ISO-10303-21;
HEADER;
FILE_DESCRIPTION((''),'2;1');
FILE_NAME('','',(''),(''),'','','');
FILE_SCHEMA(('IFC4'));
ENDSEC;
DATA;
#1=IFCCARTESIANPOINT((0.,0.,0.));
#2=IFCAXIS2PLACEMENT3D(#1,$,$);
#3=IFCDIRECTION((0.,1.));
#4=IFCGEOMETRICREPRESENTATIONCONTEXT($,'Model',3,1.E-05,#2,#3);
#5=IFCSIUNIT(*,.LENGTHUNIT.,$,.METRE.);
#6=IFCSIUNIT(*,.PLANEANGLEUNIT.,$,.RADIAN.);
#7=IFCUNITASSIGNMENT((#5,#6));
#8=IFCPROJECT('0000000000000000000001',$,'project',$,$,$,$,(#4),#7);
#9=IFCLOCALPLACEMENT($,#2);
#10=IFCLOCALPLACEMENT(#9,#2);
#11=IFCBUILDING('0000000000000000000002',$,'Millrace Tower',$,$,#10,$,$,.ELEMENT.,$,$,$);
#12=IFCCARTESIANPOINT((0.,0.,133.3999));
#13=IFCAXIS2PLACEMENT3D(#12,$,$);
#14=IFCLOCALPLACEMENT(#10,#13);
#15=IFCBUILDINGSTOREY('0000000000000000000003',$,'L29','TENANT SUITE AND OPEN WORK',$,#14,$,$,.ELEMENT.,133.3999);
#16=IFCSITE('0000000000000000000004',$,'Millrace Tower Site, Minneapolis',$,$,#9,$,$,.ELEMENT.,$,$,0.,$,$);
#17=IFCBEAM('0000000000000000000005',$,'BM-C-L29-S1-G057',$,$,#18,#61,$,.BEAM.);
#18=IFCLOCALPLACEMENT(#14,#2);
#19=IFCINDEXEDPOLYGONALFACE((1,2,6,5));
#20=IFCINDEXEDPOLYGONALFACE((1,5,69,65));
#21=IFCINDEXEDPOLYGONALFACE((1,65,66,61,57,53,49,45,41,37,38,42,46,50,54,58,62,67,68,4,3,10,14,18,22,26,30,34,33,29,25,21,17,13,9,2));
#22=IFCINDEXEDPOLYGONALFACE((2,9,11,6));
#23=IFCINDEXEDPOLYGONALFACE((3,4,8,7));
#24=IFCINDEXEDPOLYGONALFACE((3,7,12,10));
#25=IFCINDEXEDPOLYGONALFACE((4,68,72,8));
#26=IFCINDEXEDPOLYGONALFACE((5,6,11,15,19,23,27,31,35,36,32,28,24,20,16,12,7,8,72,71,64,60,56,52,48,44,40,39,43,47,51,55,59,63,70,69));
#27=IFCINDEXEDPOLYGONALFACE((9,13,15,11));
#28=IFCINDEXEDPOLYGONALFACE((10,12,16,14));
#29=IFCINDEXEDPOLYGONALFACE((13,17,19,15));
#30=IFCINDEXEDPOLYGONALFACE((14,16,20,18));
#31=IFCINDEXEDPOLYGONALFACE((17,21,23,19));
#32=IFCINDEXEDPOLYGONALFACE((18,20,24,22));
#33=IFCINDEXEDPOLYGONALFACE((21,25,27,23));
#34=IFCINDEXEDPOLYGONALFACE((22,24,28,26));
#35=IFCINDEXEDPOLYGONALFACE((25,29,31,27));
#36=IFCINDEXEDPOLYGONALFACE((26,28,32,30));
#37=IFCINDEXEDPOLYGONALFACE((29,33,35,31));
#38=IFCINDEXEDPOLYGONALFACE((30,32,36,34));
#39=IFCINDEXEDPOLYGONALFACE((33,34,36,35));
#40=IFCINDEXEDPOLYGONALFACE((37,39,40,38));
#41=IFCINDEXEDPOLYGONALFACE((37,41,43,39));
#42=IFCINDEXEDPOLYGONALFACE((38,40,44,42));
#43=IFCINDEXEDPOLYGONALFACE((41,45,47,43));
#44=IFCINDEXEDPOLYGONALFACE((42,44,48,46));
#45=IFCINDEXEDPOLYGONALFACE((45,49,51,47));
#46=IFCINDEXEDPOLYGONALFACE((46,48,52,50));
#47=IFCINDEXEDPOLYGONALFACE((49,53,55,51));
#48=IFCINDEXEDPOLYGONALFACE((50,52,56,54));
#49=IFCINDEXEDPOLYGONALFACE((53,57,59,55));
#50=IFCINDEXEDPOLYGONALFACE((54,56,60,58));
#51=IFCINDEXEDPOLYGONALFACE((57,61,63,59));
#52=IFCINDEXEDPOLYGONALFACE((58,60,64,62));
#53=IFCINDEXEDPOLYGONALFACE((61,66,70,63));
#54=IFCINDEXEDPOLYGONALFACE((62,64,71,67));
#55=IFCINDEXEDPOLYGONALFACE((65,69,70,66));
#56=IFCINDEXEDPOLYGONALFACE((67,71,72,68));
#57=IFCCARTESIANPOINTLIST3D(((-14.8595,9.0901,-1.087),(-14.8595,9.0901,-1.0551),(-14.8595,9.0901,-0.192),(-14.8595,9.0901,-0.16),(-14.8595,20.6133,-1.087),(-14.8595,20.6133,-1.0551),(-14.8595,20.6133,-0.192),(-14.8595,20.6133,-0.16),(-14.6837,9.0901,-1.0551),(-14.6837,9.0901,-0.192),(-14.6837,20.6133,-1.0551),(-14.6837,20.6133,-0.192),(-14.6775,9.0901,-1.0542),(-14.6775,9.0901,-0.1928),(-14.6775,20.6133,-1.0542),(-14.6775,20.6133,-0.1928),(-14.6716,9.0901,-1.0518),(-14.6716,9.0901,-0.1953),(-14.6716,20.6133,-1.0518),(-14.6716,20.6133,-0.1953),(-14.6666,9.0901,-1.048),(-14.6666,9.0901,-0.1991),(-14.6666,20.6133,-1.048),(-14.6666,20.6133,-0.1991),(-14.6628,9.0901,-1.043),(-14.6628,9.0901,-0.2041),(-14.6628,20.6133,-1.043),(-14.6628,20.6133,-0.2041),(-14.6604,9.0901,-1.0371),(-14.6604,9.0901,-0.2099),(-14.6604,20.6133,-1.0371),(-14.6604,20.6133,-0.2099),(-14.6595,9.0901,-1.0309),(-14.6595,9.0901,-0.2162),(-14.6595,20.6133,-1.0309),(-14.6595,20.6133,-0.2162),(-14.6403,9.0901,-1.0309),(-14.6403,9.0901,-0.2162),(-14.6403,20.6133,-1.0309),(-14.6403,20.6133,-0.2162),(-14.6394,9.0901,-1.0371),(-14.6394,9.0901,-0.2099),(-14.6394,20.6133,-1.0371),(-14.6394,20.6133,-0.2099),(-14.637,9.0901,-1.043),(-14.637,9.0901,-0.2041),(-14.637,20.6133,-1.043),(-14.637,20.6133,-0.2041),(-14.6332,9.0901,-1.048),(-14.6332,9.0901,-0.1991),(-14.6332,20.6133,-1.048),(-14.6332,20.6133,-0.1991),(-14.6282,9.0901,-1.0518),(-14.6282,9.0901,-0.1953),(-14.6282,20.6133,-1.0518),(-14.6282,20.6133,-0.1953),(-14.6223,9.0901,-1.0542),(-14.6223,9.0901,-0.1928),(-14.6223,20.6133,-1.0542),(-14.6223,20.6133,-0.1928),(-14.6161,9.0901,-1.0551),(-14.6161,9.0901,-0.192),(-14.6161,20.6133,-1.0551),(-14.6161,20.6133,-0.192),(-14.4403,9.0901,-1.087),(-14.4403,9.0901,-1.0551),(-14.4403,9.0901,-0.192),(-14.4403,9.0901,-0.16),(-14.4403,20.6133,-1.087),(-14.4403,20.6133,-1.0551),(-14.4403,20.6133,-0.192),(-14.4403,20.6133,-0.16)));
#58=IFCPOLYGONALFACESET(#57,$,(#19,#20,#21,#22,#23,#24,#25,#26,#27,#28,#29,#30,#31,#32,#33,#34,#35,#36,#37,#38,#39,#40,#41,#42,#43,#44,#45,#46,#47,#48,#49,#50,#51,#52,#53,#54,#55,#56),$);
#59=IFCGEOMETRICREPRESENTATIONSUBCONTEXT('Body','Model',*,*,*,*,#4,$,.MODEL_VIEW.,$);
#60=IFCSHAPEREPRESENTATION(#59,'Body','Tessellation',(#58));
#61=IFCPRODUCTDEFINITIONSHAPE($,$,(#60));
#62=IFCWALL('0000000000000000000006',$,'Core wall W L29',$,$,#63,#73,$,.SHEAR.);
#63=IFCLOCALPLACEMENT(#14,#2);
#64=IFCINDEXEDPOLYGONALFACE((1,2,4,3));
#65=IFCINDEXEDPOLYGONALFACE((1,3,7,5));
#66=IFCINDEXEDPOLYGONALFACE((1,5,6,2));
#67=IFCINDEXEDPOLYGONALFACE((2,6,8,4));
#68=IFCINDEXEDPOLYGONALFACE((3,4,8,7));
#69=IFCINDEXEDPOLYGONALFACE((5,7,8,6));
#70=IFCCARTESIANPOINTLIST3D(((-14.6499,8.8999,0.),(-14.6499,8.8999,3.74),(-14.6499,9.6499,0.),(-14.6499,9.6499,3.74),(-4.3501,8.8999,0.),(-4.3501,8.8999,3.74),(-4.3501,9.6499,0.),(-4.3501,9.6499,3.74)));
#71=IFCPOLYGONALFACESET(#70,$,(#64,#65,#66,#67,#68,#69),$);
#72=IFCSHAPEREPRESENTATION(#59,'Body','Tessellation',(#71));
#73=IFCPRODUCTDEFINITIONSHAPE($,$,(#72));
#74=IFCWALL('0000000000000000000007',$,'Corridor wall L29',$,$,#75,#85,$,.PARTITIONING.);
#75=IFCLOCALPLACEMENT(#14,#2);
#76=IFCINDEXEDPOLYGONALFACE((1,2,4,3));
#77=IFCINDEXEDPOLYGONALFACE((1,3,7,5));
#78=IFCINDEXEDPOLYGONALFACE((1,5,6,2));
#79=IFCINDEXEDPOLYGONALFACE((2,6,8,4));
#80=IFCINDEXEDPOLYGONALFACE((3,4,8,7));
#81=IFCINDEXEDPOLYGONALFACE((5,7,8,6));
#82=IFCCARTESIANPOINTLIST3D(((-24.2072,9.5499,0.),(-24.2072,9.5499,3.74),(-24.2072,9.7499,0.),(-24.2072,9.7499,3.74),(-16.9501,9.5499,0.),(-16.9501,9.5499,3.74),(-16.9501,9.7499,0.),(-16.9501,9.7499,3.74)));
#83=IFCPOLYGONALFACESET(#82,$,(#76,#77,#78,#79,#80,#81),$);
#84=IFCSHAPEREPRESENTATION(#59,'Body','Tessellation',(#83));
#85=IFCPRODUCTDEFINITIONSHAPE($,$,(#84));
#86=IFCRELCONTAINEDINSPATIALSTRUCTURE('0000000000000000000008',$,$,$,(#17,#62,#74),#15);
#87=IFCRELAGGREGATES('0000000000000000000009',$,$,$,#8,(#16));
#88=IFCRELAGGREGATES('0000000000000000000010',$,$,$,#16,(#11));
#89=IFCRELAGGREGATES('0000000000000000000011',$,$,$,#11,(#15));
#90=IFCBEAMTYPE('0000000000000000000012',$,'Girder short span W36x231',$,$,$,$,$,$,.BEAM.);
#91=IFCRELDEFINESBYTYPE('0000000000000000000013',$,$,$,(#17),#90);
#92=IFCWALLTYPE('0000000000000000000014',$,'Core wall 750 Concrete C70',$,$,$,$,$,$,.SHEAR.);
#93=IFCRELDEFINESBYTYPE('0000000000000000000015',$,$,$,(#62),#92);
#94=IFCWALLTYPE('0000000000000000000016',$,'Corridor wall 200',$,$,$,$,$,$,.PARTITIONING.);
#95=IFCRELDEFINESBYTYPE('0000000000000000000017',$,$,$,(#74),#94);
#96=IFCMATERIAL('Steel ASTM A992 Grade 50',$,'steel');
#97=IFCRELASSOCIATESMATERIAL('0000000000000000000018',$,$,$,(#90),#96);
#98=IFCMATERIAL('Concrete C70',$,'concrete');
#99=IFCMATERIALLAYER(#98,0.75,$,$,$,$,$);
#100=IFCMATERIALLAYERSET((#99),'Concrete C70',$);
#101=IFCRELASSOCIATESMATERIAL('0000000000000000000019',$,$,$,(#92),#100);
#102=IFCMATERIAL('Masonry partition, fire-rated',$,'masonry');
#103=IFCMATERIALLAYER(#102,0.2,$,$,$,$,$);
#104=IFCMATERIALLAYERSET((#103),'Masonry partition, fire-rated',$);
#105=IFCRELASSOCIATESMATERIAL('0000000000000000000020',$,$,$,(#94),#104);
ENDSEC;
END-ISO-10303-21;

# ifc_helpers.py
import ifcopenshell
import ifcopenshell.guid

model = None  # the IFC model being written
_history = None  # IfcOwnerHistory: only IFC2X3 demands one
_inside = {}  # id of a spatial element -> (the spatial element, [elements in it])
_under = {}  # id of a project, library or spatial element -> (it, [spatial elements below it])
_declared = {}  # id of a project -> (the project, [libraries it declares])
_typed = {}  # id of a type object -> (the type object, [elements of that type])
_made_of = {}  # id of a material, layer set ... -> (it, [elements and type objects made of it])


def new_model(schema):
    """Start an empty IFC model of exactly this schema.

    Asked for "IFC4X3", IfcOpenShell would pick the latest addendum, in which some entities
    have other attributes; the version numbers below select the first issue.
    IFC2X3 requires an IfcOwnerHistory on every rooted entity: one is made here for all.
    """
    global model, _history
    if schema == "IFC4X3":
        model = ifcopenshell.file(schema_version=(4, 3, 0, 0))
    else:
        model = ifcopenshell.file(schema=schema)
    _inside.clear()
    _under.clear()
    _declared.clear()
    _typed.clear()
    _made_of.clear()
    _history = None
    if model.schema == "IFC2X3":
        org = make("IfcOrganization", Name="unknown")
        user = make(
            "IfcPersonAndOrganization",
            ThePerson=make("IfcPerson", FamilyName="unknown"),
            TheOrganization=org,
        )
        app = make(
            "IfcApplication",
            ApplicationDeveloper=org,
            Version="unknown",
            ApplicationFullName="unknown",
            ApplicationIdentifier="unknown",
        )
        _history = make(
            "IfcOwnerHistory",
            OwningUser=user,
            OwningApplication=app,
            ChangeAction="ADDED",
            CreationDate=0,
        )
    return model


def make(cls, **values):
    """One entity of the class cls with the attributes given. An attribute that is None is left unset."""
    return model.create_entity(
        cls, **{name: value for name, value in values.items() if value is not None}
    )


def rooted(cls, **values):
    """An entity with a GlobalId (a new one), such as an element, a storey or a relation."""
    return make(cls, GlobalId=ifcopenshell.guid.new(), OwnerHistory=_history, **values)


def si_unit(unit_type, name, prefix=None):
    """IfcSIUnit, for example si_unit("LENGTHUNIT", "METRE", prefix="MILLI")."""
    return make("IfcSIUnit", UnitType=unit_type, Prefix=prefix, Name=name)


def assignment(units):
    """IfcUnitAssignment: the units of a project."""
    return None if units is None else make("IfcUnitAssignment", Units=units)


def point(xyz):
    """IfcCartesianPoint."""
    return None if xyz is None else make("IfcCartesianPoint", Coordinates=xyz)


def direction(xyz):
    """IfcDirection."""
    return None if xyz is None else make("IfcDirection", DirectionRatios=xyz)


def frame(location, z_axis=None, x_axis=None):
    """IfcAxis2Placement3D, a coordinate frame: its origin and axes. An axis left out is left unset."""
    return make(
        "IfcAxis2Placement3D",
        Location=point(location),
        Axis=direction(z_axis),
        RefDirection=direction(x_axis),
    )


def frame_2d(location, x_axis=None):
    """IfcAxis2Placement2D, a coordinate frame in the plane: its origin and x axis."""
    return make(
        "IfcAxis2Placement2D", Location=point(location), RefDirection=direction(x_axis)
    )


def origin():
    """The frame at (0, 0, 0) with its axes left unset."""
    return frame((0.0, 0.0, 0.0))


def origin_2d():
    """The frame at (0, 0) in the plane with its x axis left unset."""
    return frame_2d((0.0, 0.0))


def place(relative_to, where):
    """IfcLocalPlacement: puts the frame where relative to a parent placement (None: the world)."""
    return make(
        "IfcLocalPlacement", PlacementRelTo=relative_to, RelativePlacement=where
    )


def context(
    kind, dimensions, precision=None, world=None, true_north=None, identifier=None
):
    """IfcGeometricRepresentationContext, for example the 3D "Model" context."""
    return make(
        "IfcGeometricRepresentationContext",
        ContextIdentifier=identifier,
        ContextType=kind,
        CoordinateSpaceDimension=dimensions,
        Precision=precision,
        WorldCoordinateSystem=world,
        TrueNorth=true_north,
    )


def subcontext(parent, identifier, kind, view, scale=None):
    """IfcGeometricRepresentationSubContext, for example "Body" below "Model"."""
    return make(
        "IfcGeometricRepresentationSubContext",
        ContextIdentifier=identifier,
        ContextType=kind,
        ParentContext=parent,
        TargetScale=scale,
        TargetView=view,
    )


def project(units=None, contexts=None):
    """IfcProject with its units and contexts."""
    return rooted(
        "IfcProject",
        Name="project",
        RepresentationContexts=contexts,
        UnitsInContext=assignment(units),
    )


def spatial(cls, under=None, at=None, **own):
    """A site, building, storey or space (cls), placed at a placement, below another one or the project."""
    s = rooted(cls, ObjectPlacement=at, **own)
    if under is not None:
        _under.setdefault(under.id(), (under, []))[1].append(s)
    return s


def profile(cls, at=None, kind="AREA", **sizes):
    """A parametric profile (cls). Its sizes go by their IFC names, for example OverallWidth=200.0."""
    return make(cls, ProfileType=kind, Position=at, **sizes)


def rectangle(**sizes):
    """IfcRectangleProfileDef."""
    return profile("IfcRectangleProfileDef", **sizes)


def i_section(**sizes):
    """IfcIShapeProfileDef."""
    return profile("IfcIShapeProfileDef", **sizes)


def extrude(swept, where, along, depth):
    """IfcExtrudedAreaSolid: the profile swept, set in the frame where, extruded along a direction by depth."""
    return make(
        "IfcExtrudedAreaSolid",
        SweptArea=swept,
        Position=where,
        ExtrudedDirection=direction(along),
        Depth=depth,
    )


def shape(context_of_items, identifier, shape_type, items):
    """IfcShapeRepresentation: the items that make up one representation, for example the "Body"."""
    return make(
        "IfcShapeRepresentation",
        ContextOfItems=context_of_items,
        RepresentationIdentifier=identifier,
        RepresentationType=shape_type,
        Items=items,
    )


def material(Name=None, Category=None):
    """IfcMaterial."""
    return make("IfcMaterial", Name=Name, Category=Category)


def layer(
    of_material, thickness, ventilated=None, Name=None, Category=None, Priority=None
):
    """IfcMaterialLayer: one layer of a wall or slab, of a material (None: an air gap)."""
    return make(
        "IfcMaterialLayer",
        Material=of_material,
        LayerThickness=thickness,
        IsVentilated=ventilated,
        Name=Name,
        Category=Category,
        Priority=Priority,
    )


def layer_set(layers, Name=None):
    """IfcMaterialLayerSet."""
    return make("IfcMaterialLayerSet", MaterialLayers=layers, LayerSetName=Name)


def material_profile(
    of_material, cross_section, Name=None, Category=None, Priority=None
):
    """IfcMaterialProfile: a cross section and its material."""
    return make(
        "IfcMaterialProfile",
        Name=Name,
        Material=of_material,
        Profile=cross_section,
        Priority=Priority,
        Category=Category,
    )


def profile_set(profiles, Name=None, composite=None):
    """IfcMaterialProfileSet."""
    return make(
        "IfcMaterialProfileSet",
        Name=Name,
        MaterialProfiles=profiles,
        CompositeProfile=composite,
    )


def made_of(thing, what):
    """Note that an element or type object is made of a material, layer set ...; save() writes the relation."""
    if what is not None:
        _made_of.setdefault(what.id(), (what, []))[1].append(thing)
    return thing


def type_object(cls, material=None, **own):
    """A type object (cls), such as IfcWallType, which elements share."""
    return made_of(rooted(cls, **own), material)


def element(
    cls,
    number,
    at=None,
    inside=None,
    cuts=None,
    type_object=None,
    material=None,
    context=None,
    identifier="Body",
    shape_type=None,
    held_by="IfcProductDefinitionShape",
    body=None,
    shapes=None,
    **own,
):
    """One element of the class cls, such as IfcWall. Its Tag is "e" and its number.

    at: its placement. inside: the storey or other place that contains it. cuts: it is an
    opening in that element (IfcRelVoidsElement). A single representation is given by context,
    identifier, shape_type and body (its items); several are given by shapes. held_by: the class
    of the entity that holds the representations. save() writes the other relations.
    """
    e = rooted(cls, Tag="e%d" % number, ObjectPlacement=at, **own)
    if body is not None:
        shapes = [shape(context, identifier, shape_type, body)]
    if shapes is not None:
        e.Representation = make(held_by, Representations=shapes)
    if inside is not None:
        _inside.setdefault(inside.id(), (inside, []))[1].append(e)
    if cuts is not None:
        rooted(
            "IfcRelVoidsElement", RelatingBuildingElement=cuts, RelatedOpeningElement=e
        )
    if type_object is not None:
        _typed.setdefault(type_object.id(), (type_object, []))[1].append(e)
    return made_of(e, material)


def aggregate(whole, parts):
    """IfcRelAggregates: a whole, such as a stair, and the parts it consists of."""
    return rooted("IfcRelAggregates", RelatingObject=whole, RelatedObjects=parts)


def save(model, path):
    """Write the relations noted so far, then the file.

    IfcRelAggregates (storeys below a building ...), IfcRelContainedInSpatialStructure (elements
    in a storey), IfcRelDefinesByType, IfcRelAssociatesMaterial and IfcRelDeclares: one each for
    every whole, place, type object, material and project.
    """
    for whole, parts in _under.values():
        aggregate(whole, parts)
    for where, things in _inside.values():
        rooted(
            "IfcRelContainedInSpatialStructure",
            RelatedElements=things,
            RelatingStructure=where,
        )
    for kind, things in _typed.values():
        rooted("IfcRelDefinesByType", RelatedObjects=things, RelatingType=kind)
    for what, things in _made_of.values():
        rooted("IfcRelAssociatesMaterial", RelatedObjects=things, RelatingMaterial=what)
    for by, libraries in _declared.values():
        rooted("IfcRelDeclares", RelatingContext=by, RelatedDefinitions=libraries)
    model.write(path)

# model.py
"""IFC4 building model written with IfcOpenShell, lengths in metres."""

from ifc_helpers import new_model, si_unit, direction, frame, frame_2d, origin, origin_2d, place, context, subcontext, project, spatial, rectangle, i_section, extrude, material, layer, layer_set, material_profile, profile_set, type_object, element, save


model = new_model("IFC4")

# Units and contexts
model_context = context("Model", 3, precision=1e-05, world=origin(), true_north=direction((0.0, 1.0)))
body_context = subcontext(model_context, "Body", "Model", "MODEL_VIEW")
ifc_project = project(units=[si_unit("LENGTHUNIT", "METRE"), si_unit("PLANEANGLEUNIT", "RADIAN")], contexts=[model_context])

# Site, building, storey
site_placement = place(None, origin())
site = spatial("IfcSite", under=ifc_project, at=site_placement, Name="Millrace Tower Site, Minneapolis", CompositionType="ELEMENT", RefElevation=0.0)
building_placement = place(site_placement, origin())
building = spatial("IfcBuilding", under=site, at=building_placement, Name="Millrace Tower", CompositionType="ELEMENT")
storey_placement = place(building_placement, frame((0.0, 0.0, 133.3999)))
storey = spatial("IfcBuildingStorey", under=building, at=storey_placement, Name="L29", Description="TENANT SUITE AND OPEN WORK", CompositionType="ELEMENT", Elevation=133.3999)

# Beam
ifc_material_1 = material(Name="Steel ASTM A992 Grade 50", Category="steel")
ifc_material_profile_1 = material_profile(ifc_material_1, i_section(OverallWidth=0.4192, OverallDepth=0.927, WebThickness=0.0193, FlangeThickness=0.032, FilletRadius=0.0242, at=origin_2d()))
ifc_profile_set_1 = profile_set([ifc_material_profile_1], Name="Steel ASTM A992 Grade 50")
beam_type_1 = type_object("IfcBeamType", Name="Girder short span W36x231", PredefinedType="BEAM", material=ifc_profile_set_1)
beam_1_placement = place(storey_placement, frame((-14.6499, 9.0901, -0.6235), z_axis=(0.0, 1.0, 0.0), x_axis=(-1.0, 0.0, 0.0)))
element("IfcBeam", 1, at=beam_1_placement, inside=storey, type_object=beam_type_1, Name="BM-C-L29-S1-G057", PredefinedType="BEAM", context=body_context, shape_type="SweptSolid", body=[
    extrude(i_section(OverallWidth=0.4192, OverallDepth=0.927, WebThickness=0.0193, FlangeThickness=0.032, FilletRadius=0.0242, at=origin_2d()), origin(), (0.0, 0.0, 1.0), 11.5232),
])

# Walls
ifc_material_2 = material(Name="Concrete C70", Category="concrete")
ifc_layer_1 = layer(ifc_material_2, 0.75)
ifc_layer_set_1 = layer_set([ifc_layer_1], Name="Concrete C70")
wall_type_1 = type_object("IfcWallType", Name="Core wall 750 Concrete C70", PredefinedType="SHEAR", material=ifc_layer_set_1)
wall_1_placement = place(storey_placement, frame((-14.6499, 9.2749, 0.0), z_axis=(0.0, 0.0, 1.0), x_axis=(1.0, 0.0, 0.0)))
element("IfcWall", 2, at=wall_1_placement, inside=storey, type_object=wall_type_1, Name="Core wall W L29", PredefinedType="SHEAR", context=body_context, shape_type="SweptSolid", body=[
    extrude(rectangle(XDim=10.2998, YDim=0.75, at=frame_2d((5.1499, 0.0))), origin(), (0.0, 0.0, 1.0), 3.74),
])
ifc_material_3 = material(Name="Masonry partition, fire-rated", Category="masonry")
ifc_layer_2 = layer(ifc_material_3, 0.2)
ifc_layer_set_2 = layer_set([ifc_layer_2], Name="Masonry partition, fire-rated")
wall_type_2 = type_object("IfcWallType", Name="Corridor wall 200", PredefinedType="PARTITIONING", material=ifc_layer_set_2)
wall_2_placement = place(storey_placement, frame((-24.207, 9.6499, 0.0), z_axis=(0.0, 0.0, 1.0), x_axis=(1.0, 0.0, 0.0)))
element("IfcWall", 3, at=wall_2_placement, inside=storey, type_object=wall_type_2, Name="Corridor wall L29", PredefinedType="PARTITIONING", context=body_context, shape_type="SweptSolid", body=[
    extrude(rectangle(XDim=7.2571, YDim=0.2, at=frame_2d((3.6284, 0.0))), origin(), (0.0, 0.0, 1.0), 3.74),
])

save(model, "model.ifc")
